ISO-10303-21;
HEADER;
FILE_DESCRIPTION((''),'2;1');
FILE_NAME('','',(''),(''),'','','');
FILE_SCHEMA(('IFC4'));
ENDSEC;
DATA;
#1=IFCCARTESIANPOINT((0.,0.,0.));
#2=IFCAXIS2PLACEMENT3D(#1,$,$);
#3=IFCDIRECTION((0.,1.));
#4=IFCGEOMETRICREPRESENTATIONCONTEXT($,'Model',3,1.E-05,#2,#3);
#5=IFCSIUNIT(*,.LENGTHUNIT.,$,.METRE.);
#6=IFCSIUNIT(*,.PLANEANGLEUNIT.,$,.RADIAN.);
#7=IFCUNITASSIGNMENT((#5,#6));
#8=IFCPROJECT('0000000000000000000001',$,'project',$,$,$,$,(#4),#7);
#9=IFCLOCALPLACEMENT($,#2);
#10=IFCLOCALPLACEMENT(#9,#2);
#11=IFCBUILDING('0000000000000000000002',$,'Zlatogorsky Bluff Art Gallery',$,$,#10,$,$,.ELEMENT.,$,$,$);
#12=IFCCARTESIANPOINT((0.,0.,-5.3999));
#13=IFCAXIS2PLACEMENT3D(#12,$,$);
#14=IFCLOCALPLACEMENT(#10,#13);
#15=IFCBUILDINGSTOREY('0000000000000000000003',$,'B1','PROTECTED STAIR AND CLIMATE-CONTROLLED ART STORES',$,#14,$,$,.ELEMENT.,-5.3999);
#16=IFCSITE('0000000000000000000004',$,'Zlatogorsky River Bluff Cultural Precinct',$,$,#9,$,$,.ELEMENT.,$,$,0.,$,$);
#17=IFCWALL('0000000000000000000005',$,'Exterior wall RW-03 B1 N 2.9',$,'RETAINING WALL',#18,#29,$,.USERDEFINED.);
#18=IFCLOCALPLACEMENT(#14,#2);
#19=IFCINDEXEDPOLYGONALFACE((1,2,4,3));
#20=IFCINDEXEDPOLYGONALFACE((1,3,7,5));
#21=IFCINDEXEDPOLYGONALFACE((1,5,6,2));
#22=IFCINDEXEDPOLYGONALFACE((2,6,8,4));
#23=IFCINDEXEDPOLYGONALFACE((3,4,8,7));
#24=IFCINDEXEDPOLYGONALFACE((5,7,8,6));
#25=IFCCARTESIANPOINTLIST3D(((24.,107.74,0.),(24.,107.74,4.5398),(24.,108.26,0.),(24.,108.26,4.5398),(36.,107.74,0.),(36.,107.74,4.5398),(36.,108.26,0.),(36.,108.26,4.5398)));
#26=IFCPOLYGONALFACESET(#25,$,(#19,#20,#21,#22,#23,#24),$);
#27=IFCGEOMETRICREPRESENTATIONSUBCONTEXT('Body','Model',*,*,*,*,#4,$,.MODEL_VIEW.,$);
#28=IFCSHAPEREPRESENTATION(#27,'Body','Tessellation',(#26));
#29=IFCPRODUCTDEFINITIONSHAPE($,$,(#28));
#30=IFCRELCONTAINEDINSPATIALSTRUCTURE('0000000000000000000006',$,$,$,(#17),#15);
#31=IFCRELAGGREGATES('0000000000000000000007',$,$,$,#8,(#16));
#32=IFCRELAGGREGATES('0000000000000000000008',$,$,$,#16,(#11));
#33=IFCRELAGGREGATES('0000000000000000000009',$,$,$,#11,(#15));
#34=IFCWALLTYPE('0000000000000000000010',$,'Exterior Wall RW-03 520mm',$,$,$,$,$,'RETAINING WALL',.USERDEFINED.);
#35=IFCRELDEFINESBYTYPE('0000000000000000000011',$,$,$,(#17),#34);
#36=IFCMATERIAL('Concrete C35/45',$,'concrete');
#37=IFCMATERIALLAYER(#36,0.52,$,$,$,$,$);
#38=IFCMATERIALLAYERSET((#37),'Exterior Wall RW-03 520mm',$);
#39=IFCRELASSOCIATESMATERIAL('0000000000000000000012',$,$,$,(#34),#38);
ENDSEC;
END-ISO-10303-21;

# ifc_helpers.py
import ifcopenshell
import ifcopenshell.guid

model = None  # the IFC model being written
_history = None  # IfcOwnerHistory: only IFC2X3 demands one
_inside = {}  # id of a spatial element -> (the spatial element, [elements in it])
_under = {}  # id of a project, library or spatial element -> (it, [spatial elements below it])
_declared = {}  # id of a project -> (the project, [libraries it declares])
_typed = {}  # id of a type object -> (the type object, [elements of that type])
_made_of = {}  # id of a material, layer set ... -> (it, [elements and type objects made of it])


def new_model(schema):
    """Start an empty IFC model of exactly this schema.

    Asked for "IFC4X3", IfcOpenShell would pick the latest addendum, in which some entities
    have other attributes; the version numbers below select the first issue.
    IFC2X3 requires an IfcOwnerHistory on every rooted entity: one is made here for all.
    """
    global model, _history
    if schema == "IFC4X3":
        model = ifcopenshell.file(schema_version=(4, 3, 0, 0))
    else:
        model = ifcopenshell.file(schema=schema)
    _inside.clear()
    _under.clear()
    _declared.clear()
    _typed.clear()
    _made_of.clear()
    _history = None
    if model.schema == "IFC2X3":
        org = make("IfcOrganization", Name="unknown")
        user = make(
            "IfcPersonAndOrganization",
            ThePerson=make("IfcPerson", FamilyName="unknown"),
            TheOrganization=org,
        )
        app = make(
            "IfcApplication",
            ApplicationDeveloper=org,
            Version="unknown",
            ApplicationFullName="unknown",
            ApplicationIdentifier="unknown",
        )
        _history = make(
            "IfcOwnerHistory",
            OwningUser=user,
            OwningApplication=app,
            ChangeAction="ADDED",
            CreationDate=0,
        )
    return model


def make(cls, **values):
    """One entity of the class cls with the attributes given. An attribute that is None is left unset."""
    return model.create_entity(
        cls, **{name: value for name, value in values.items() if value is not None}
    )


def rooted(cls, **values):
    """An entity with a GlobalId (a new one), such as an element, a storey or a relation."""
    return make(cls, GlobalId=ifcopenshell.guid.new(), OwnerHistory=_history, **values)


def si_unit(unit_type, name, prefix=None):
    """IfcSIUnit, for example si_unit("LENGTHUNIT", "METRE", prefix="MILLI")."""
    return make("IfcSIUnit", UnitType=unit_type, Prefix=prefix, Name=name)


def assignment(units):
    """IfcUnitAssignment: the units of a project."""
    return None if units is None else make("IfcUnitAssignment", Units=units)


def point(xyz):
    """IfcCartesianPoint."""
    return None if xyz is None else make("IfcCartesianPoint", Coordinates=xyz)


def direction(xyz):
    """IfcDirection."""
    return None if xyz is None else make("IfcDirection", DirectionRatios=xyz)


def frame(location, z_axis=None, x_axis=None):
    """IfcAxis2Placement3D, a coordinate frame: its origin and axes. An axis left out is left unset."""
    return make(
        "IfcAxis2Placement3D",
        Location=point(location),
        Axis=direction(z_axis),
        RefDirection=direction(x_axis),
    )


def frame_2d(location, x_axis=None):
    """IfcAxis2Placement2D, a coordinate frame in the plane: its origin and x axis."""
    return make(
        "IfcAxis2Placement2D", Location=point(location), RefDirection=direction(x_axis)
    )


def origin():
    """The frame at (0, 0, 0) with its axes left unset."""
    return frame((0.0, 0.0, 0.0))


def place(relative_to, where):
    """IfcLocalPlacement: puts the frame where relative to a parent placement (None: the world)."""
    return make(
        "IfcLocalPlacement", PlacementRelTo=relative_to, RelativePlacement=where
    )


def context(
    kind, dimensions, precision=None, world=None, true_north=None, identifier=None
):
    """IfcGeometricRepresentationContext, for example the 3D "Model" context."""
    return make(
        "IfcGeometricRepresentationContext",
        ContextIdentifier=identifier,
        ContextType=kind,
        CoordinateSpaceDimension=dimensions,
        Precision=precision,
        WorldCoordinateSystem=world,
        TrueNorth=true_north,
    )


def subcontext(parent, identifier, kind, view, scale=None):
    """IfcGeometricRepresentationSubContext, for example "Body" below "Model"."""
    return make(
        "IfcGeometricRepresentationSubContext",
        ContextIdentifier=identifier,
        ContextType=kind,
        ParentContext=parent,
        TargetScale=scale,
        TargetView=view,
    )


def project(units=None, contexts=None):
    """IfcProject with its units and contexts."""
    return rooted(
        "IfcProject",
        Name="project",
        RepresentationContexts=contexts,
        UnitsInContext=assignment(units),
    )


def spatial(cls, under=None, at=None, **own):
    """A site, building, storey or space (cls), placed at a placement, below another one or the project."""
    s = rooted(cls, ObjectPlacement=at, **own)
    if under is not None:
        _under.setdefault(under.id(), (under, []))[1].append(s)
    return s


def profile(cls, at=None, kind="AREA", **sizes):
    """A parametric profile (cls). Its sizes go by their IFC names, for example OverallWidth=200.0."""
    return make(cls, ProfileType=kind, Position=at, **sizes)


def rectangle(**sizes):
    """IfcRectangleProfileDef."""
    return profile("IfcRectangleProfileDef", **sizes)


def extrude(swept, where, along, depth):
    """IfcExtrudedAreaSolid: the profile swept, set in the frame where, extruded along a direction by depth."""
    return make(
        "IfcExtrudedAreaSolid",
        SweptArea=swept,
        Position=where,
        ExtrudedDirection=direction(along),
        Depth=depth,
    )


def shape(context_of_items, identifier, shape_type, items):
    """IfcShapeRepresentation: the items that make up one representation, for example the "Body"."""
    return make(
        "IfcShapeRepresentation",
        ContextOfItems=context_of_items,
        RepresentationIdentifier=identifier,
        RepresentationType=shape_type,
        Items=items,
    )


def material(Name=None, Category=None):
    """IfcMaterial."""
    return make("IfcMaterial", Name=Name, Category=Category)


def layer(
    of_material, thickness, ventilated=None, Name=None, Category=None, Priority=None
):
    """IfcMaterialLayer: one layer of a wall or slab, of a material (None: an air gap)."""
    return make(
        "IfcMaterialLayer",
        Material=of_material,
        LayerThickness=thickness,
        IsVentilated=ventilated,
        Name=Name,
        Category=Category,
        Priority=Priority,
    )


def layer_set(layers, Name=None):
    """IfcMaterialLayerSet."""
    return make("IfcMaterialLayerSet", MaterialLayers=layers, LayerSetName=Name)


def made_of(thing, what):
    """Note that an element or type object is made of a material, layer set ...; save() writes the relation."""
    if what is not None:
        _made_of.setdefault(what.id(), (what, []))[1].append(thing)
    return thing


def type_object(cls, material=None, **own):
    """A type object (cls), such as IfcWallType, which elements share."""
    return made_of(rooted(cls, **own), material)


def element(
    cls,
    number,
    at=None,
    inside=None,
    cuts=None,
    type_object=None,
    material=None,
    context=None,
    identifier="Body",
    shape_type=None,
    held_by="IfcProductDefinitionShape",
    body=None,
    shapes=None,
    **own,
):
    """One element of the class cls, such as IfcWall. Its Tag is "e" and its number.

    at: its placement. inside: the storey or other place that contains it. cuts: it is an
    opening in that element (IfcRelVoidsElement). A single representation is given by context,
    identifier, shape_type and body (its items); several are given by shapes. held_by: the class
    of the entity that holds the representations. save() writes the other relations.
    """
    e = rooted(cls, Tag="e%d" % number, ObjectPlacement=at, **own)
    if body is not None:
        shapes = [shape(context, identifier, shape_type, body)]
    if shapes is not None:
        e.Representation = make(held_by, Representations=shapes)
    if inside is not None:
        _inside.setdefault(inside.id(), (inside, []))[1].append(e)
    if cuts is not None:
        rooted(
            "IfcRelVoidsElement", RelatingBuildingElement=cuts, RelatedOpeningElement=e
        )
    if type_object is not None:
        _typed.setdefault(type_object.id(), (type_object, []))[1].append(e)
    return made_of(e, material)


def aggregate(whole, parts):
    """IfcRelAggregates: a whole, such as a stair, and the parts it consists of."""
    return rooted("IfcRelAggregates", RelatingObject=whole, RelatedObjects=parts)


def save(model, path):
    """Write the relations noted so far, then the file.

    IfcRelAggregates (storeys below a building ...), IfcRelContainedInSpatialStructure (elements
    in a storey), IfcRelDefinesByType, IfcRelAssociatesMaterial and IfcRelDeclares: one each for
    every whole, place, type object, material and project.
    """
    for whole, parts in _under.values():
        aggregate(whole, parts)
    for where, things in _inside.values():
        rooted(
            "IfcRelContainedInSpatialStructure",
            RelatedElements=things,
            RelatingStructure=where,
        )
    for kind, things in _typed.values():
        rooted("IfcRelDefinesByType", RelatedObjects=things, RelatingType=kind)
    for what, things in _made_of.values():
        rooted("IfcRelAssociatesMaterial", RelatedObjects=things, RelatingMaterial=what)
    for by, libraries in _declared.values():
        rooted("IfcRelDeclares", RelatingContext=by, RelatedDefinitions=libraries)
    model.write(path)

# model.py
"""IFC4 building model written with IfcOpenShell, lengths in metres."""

from ifc_helpers import new_model, si_unit, direction, frame, frame_2d, origin, place, context, subcontext, project, spatial, rectangle, extrude, material, layer, layer_set, type_object, element, save


model = new_model("IFC4")

# Units and contexts
model_context = context("Model", 3, precision=1e-05, world=origin(), true_north=direction((0.0, 1.0)))
body_context = subcontext(model_context, "Body", "Model", "MODEL_VIEW")
ifc_project = project(units=[si_unit("LENGTHUNIT", "METRE"), si_unit("PLANEANGLEUNIT", "RADIAN")], contexts=[model_context])

# Site, building, storey
site_placement = place(None, origin())
site = spatial("IfcSite", under=ifc_project, at=site_placement, Name="Zlatogorsky River Bluff Cultural Precinct", CompositionType="ELEMENT", RefElevation=0.0)
building_placement = place(site_placement, origin())
building = spatial("IfcBuilding", under=site, at=building_placement, Name="Zlatogorsky Bluff Art Gallery", CompositionType="ELEMENT")
storey_placement = place(building_placement, frame((0.0, 0.0, -5.3999)))
storey = spatial("IfcBuildingStorey", under=building, at=storey_placement, Name="B1", Description="PROTECTED STAIR AND CLIMATE-CONTROLLED ART STORES", CompositionType="ELEMENT", Elevation=-5.3999)

# Shared definitions
ifc_material_1 = material(Name="Concrete C35/45", Category="concrete")

# Wall
ifc_layer = layer(ifc_material_1, 0.52)
ifc_layer_set = layer_set([ifc_layer], Name="Exterior Wall RW-03 520mm")
wall_type = type_object("IfcWallType", Name="Exterior Wall RW-03 520mm", ElementType="RETAINING WALL", PredefinedType="USERDEFINED", material=ifc_layer_set)
wall_placement = place(storey_placement, frame((36.0, 108.0, 0.0), z_axis=(0.0, 0.0, 1.0), x_axis=(-1.0, 0.0, 0.0)))
element("IfcWall", 1, at=wall_placement, inside=storey, type_object=wall_type, Name="Exterior wall RW-03 B1 N 2.9", ObjectType="RETAINING WALL", PredefinedType="USERDEFINED", context=body_context, shape_type="SweptSolid", body=[
    extrude(rectangle(XDim=12.0, YDim=0.52, at=frame_2d((6.0, 0.0))), origin(), (0.0, 0.0, 1.0), 4.5398),
])

save(model, "model.ifc")
